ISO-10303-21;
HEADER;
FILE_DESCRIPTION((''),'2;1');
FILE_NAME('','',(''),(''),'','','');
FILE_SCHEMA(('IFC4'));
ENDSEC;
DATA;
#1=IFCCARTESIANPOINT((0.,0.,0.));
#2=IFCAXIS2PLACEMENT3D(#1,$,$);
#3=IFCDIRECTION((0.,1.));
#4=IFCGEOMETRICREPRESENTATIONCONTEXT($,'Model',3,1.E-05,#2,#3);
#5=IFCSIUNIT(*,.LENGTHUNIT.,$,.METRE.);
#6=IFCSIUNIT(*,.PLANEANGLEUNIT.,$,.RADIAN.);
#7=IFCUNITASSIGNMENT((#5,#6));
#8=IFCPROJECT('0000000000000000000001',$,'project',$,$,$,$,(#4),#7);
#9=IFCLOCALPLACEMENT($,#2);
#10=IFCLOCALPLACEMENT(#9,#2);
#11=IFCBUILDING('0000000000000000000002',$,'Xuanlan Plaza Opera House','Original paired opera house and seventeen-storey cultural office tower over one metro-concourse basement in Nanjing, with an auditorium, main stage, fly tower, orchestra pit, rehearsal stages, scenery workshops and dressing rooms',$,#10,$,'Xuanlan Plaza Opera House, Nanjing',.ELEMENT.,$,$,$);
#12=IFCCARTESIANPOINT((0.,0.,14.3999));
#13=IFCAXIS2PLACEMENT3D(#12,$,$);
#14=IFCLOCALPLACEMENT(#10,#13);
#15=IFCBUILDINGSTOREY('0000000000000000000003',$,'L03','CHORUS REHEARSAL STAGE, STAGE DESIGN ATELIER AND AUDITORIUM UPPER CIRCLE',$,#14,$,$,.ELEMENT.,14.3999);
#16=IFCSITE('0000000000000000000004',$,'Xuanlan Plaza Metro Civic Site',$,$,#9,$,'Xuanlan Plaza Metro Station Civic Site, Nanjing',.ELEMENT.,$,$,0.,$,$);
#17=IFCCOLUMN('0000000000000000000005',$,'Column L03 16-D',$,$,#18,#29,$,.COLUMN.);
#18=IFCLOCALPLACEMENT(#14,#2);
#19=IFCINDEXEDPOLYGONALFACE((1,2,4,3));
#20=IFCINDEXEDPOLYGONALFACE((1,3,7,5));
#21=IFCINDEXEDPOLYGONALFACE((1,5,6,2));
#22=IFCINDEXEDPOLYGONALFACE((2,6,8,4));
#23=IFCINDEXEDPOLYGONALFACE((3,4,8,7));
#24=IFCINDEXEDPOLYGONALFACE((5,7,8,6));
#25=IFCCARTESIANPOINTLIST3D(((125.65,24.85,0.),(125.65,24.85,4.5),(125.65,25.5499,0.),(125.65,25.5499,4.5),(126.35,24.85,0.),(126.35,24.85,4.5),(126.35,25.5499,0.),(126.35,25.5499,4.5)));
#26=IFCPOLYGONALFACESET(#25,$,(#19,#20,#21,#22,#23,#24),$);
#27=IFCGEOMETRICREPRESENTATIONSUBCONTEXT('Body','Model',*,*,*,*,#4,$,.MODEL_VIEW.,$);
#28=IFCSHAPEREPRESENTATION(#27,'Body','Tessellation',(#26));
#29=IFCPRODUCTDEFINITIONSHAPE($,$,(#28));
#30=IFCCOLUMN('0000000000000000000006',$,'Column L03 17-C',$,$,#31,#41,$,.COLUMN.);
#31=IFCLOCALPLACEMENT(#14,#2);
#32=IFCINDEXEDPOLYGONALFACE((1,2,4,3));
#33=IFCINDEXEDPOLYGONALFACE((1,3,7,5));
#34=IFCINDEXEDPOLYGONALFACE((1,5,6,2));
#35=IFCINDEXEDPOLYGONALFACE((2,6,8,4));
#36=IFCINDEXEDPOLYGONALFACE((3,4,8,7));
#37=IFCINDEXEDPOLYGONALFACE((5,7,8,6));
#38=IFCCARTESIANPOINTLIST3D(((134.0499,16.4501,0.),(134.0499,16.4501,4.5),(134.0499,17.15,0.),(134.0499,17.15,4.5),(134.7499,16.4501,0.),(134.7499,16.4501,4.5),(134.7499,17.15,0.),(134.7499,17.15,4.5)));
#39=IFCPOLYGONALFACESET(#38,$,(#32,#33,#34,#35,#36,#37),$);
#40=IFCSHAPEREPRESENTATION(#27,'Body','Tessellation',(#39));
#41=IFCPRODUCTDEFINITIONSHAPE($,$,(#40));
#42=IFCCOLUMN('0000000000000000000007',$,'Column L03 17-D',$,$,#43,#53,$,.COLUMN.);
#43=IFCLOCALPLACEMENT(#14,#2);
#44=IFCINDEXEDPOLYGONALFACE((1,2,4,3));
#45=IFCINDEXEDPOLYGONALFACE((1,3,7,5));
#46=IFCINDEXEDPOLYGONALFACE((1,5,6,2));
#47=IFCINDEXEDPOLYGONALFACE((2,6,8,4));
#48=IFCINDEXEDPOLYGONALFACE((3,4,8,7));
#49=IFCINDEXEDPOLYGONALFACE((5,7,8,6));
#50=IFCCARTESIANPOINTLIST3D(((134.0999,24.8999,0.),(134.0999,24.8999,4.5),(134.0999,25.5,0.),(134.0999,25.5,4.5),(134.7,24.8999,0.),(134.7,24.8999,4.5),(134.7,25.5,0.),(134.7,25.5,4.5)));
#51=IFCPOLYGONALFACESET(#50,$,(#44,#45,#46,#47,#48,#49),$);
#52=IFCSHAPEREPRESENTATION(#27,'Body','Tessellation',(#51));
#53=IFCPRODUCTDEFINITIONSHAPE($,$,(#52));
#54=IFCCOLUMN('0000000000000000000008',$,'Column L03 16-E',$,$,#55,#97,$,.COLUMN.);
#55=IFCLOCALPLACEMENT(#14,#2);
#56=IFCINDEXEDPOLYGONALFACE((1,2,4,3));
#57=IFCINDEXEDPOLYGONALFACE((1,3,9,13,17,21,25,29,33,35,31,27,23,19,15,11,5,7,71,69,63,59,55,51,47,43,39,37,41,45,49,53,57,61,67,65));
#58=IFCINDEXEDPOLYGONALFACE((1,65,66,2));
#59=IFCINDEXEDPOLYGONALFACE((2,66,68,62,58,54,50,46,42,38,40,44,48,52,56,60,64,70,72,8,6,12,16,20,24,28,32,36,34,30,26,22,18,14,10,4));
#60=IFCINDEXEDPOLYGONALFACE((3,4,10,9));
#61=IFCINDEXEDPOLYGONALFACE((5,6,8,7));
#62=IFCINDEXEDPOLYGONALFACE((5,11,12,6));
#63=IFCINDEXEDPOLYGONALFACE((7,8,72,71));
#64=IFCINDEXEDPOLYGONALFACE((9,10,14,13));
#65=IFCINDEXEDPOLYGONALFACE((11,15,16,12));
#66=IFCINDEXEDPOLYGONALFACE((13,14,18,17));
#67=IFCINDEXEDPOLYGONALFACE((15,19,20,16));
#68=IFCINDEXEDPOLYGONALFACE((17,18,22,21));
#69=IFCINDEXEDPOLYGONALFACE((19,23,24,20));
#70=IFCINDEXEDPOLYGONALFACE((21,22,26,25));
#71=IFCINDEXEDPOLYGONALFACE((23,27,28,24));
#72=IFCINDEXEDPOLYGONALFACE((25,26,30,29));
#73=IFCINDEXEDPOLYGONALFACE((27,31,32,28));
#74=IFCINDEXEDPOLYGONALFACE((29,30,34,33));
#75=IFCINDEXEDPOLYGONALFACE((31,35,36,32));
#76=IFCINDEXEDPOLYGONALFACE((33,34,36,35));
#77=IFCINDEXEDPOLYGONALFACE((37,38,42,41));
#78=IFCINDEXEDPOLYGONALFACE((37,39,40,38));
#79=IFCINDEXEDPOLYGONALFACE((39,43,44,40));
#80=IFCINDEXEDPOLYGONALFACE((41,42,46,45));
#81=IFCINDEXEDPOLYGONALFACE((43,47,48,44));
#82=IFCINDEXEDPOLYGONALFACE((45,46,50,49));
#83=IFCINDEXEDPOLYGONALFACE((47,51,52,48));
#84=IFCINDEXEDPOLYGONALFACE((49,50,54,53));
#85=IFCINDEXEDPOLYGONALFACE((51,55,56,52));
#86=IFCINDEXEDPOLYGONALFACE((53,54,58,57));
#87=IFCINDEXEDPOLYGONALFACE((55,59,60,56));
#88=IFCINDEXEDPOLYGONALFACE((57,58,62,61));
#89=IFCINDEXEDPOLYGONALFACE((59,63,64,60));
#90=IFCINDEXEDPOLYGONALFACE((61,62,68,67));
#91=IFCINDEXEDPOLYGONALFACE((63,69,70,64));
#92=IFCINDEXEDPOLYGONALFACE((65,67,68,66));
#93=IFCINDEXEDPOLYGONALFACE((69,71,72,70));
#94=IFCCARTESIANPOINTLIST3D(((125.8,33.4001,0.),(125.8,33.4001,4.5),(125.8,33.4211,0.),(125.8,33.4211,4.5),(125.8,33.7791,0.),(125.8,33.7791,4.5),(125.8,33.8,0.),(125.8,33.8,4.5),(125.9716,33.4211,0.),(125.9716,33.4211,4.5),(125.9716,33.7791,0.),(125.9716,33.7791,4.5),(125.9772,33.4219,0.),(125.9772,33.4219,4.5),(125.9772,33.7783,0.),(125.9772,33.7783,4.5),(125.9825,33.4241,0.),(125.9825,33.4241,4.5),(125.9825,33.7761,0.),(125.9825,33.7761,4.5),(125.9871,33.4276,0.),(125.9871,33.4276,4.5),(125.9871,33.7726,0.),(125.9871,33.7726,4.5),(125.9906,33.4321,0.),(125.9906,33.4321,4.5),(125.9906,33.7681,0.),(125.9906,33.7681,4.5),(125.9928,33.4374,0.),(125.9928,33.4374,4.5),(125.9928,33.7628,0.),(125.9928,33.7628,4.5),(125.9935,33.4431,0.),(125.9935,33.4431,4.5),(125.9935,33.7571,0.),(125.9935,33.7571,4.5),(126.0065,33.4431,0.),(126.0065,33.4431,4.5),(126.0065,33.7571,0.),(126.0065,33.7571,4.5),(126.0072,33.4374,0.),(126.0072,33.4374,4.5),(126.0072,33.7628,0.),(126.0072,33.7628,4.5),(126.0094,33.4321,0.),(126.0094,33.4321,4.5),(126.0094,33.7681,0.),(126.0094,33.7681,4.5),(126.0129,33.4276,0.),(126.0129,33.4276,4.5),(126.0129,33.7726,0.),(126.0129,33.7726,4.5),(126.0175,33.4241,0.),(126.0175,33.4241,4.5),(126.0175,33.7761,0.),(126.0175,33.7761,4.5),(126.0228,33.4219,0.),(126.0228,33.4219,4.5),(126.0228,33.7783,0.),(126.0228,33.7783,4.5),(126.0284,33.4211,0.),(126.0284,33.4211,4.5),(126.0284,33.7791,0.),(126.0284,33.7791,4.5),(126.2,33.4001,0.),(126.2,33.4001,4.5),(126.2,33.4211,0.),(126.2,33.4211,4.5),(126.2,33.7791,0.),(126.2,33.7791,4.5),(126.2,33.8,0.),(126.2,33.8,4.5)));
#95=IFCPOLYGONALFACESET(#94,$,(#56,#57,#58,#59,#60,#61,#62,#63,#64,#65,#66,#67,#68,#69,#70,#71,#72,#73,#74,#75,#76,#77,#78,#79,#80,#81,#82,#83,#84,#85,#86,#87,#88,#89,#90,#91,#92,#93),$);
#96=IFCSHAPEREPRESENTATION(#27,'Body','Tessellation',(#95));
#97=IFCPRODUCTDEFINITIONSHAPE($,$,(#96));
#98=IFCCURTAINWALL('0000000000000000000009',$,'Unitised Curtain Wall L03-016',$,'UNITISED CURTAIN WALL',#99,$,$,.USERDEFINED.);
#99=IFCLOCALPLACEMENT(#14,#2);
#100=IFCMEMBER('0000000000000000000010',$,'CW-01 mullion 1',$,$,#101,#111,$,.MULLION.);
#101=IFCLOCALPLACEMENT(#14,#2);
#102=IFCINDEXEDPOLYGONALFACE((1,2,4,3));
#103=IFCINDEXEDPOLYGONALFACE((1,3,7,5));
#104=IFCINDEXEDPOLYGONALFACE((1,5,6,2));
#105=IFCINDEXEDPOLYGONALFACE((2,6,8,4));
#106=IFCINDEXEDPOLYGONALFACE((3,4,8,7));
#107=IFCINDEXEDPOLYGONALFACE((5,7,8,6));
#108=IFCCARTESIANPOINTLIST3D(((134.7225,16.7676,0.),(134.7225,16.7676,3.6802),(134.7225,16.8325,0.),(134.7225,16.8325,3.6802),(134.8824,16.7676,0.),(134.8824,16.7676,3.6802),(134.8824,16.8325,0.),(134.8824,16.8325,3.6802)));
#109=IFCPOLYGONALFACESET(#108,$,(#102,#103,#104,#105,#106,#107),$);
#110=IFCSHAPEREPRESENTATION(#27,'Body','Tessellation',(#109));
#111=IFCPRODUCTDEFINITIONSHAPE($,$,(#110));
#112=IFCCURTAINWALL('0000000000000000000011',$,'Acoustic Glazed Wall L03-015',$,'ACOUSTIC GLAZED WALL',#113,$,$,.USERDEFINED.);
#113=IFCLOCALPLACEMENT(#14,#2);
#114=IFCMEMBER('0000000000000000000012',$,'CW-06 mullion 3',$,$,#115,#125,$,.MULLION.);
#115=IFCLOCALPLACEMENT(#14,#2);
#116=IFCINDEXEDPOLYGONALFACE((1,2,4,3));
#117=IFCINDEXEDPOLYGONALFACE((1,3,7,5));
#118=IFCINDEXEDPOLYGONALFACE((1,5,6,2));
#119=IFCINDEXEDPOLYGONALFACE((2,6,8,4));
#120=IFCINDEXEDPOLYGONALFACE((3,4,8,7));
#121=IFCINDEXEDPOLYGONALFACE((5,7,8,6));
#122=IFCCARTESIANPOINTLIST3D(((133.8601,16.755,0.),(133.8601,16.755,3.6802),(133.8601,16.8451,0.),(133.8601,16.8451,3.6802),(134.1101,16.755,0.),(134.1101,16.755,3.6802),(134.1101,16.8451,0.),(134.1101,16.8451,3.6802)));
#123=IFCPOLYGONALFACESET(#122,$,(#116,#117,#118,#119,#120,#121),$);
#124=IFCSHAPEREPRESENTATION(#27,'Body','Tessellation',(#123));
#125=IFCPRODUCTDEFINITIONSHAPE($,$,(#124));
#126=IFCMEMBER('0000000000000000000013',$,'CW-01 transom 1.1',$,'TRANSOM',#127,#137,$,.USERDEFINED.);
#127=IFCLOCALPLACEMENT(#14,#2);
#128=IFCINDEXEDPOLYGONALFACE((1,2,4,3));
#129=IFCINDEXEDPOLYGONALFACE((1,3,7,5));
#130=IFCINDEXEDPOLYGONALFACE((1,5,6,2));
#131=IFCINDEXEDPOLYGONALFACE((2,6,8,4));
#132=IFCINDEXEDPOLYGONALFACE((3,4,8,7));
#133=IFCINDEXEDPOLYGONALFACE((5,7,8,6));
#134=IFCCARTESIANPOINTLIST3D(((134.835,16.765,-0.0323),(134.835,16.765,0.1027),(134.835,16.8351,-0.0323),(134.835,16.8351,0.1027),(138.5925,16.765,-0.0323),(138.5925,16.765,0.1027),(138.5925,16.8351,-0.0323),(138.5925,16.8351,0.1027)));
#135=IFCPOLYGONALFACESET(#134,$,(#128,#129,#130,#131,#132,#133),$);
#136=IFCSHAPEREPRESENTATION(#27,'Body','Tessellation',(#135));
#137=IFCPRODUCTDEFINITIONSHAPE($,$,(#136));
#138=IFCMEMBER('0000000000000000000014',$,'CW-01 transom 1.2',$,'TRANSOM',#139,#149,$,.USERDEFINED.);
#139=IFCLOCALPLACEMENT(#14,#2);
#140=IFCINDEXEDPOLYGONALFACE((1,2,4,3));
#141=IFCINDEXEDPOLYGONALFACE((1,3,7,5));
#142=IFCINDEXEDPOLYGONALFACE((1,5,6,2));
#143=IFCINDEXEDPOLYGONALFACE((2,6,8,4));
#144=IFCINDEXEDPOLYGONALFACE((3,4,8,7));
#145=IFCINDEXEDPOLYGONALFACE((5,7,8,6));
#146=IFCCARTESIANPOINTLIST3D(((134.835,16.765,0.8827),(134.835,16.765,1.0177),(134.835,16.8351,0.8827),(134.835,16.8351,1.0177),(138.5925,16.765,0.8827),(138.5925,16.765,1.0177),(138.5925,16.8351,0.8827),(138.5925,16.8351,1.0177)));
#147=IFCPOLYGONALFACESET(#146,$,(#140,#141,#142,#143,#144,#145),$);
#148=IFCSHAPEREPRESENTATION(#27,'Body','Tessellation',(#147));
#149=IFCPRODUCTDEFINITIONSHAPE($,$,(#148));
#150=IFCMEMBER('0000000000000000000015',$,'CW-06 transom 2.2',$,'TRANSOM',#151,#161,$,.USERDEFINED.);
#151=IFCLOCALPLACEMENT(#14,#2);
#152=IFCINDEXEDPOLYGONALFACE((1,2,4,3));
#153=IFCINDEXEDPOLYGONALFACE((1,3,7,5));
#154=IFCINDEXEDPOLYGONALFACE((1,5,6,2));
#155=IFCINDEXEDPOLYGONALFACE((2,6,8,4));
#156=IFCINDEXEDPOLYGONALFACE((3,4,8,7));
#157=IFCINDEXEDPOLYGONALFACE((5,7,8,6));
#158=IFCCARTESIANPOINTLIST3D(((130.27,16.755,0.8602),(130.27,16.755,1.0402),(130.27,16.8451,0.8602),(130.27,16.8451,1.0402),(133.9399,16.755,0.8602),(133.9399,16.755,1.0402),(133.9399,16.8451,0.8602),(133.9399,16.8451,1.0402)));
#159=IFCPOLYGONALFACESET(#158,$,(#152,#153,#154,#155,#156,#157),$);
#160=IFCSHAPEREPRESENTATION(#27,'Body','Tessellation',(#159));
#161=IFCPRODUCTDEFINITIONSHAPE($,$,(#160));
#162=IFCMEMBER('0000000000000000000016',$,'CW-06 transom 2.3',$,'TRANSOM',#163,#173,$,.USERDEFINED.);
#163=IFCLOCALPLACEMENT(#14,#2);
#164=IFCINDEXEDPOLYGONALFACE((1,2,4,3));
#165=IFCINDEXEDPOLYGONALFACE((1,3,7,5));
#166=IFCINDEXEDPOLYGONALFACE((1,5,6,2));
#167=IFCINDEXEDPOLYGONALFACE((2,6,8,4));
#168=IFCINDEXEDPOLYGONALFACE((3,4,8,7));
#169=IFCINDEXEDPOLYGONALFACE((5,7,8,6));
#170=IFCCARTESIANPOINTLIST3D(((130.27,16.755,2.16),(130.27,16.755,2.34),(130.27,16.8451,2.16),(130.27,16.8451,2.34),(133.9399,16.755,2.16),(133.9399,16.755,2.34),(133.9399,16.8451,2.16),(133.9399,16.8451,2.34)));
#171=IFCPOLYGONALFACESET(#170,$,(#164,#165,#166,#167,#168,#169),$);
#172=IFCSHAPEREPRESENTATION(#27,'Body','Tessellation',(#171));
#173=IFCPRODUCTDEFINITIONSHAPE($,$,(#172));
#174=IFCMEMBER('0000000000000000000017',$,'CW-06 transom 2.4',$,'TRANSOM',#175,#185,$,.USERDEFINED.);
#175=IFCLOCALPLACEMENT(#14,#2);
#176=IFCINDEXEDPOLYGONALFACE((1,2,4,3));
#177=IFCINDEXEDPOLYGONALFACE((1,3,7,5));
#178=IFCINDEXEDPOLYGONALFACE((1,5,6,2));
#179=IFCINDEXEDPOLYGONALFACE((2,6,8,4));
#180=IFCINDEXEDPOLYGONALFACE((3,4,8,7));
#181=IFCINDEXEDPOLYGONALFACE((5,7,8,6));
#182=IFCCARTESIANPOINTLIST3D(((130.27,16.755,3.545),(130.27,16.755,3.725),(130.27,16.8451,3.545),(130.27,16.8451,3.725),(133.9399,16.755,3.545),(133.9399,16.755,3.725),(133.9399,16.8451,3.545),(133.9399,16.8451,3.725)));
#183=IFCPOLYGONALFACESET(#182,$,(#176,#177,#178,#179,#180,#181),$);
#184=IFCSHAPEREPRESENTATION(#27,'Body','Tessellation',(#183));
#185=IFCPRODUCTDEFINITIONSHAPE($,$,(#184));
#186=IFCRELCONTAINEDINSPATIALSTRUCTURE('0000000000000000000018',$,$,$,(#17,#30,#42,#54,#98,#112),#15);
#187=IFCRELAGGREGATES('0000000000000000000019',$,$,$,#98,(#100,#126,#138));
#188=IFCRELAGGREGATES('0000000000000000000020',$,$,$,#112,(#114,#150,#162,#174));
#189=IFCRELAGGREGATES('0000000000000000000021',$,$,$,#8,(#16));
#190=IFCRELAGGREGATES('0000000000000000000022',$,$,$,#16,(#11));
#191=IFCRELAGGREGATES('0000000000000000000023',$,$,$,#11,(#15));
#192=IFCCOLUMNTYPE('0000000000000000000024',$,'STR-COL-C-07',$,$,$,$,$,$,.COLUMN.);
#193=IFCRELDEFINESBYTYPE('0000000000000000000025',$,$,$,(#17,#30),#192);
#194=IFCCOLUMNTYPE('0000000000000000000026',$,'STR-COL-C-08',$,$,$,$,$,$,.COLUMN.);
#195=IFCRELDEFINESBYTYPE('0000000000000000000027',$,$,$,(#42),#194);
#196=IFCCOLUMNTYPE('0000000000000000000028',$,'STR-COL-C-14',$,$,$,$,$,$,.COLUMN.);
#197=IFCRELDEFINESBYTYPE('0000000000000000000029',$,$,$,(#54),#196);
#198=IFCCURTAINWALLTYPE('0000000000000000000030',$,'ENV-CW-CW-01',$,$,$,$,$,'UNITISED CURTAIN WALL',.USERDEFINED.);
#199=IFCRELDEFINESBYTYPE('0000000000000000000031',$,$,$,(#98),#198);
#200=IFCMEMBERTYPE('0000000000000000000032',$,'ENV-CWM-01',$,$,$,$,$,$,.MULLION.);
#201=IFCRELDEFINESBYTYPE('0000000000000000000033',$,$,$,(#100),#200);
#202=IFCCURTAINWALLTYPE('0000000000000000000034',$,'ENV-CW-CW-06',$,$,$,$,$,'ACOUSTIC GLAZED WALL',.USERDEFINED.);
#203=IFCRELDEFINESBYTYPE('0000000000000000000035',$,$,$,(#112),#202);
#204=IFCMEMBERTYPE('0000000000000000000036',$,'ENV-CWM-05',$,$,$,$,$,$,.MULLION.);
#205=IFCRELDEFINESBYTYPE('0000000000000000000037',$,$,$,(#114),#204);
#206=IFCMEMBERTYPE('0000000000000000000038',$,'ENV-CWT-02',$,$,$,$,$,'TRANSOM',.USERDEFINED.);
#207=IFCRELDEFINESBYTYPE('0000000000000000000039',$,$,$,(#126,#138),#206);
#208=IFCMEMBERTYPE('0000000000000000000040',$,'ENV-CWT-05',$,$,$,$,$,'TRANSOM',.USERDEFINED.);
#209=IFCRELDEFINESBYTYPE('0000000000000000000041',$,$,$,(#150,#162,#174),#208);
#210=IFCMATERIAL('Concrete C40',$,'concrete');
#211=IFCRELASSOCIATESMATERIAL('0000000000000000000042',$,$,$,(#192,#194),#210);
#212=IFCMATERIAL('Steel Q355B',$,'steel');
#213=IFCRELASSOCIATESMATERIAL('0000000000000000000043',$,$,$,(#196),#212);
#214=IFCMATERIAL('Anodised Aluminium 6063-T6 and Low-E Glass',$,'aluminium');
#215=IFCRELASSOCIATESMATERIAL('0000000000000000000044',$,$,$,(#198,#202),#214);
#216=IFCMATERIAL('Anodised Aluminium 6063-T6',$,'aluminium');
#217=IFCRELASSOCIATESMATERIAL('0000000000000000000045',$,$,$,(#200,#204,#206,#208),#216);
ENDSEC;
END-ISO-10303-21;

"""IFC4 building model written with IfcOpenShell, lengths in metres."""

from ifc_helpers import new_model, si_unit, direction, frame, origin, origin_2d, place, context, subcontext, project, spatial, rectangle, i_section, extrude, material, material_profile, profile_set, type_object, element, aggregate, save


model = new_model("IFC4")

# Units and contexts
model_context = context("Model", 3, precision=1e-05, world=origin(), true_north=direction((0.0, 1.0)))
body_context = subcontext(model_context, "Body", "Model", "MODEL_VIEW")
ifc_project = project(units=[si_unit("LENGTHUNIT", "METRE"), si_unit("PLANEANGLEUNIT", "RADIAN")], contexts=[model_context])

# Site, building, storey
site_placement = place(None, origin())
site = spatial("IfcSite", under=ifc_project, at=site_placement, Name="Xuanlan Plaza Metro Civic Site", LongName="Xuanlan Plaza Metro Station Civic Site, Nanjing", CompositionType="ELEMENT", RefElevation=0.0)
building_placement = place(site_placement, origin())
building = spatial("IfcBuilding", under=site, at=building_placement, Name="Xuanlan Plaza Opera House", Description="Original paired opera house and seventeen-storey cultural office tower over one metro-concourse basement in Nanjing, with an auditorium, main stage, fly tower, orchestra pit, rehearsal stages, scenery workshops and dressing rooms", LongName="Xuanlan Plaza Opera House, Nanjing", CompositionType="ELEMENT")
storey_placement = place(building_placement, frame((0.0, 0.0, 14.3999)))
storey = spatial("IfcBuildingStorey", under=building, at=storey_placement, Name="L03", Description="CHORUS REHEARSAL STAGE, STAGE DESIGN ATELIER AND AUDITORIUM UPPER CIRCLE", CompositionType="ELEMENT", Elevation=14.3999)

# Columns
ifc_material_1 = material(Name="Concrete C40", Category="concrete")
ifc_material_profile_1 = material_profile(ifc_material_1, rectangle(XDim=0.7, YDim=0.7, at=origin_2d()), Name="RC-COL 700x700")
ifc_profile_set_1 = profile_set([ifc_material_profile_1], Name="Concrete C40")
column_type_1 = type_object("IfcColumnType", Name="STR-COL-C-07", PredefinedType="COLUMN", material=ifc_profile_set_1)
for number, where, z_axis, x_axis, name in (
    (1, (126.0, 25.2, 0.0), (0.0, 0.0, 1.0), (1.0, 0.0, 0.0), "Column L03 16-D"),
    (2, (134.3999, 16.8, 0.0), (0.0, 0.0, 1.0), (1.0, 0.0, 0.0), "Column L03 17-C"),
):
    element("IfcColumn", number, at=place(storey_placement, frame(where, z_axis=z_axis, x_axis=x_axis)), inside=storey, type_object=column_type_1, Name=name, PredefinedType="COLUMN", context=body_context, shape_type="SweptSolid", body=[
        extrude(rectangle(XDim=0.7, YDim=0.7, at=origin_2d()), origin(), (0.0, 0.0, 1.0), 4.5),
    ])
ifc_material_profile_2 = material_profile(ifc_material_1, rectangle(XDim=0.6001, YDim=0.6001, at=origin_2d()), Name="RC-COL 600x600")
ifc_profile_set_2 = profile_set([ifc_material_profile_2], Name="Concrete C40")
column_type_2 = type_object("IfcColumnType", Name="STR-COL-C-08", PredefinedType="COLUMN", material=ifc_profile_set_2)
column_1_placement = place(storey_placement, frame((134.3999, 25.2, 0.0), z_axis=(0.0, 0.0, 1.0), x_axis=(1.0, 0.0, 0.0)))
element("IfcColumn", 3, at=column_1_placement, inside=storey, type_object=column_type_2, Name="Column L03 17-D", PredefinedType="COLUMN", context=body_context, shape_type="SweptSolid", body=[
    extrude(rectangle(XDim=0.6001, YDim=0.6001, at=origin_2d()), origin(), (0.0, 0.0, 1.0), 4.5),
])
ifc_material_2 = material(Name="Steel Q355B", Category="steel")
ifc_material_profile_3 = material_profile(ifc_material_2, i_section(OverallWidth=0.3999, OverallDepth=0.3999, WebThickness=0.0129, FlangeThickness=0.021, FilletRadius=0.022, at=origin_2d()), Name="HW 400x400x13x21")
ifc_profile_set_3 = profile_set([ifc_material_profile_3], Name="Steel Q355B")
column_type_3 = type_object("IfcColumnType", Name="STR-COL-C-14", PredefinedType="COLUMN", material=ifc_profile_set_3)
column_2_placement = place(storey_placement, frame((126.0, 33.6001, 0.0), z_axis=(0.0, 0.0, 1.0), x_axis=(1.0, 0.0, 0.0)))
element("IfcColumn", 4, at=column_2_placement, inside=storey, type_object=column_type_3, Name="Column L03 16-E", PredefinedType="COLUMN", context=body_context, shape_type="SweptSolid", body=[
    extrude(i_section(OverallWidth=0.3999, OverallDepth=0.3999, WebThickness=0.0129, FlangeThickness=0.021, FilletRadius=0.022, at=origin_2d()), origin(), (0.0, 0.0, 1.0), 4.5),
])

# Curtain walls, members
ifc_material_3 = material(Name="Anodised Aluminium 6063-T6 and Low-E Glass", Category="aluminium")
curtain_wall_type_1 = type_object("IfcCurtainWallType", Name="ENV-CW-CW-01", ElementType="UNITISED CURTAIN WALL", PredefinedType="USERDEFINED", material=ifc_material_3)
curtain_wall_1_placement = place(storey_placement, origin())
curtain_wall_1 = element("IfcCurtainWall", 5, at=curtain_wall_1_placement, inside=storey, type_object=curtain_wall_type_1, Name="Unitised Curtain Wall L03-016", ObjectType="UNITISED CURTAIN WALL", PredefinedType="USERDEFINED")
ifc_material_4 = material(Name="Anodised Aluminium 6063-T6", Category="aluminium")
ifc_material_profile_4 = material_profile(ifc_material_4, rectangle(XDim=0.0649, YDim=0.1599, at=origin_2d()), Name="ALU-M 65x160")
ifc_profile_set_4 = profile_set([ifc_material_profile_4], Name="Anodised Aluminium 6063-T6")
member_type_1 = type_object("IfcMemberType", Name="ENV-CWM-01", PredefinedType="MULLION", material=ifc_profile_set_4)
member_1_placement = place(storey_placement, frame((134.8025, 16.8, 0.0), z_axis=(0.0, 0.0, 1.0), x_axis=(0.0, 1.0, 0.0)))
member_1 = element("IfcMember", 6, at=member_1_placement, type_object=member_type_1, Name="CW-01 mullion 1", PredefinedType="MULLION", context=body_context, shape_type="SweptSolid", body=[
    extrude(rectangle(XDim=0.0649, YDim=0.1599, at=origin_2d()), origin(), (0.0, 0.0, 1.0), 3.6802),
])
curtain_wall_type_2 = type_object("IfcCurtainWallType", Name="ENV-CW-CW-06", ElementType="ACOUSTIC GLAZED WALL", PredefinedType="USERDEFINED", material=ifc_material_3)
curtain_wall_2_placement = place(storey_placement, origin())
curtain_wall_2 = element("IfcCurtainWall", 7, at=curtain_wall_2_placement, inside=storey, type_object=curtain_wall_type_2, Name="Acoustic Glazed Wall L03-015", ObjectType="ACOUSTIC GLAZED WALL", PredefinedType="USERDEFINED")
ifc_material_profile_5 = material_profile(ifc_material_4, rectangle(XDim=0.0901, YDim=0.25, at=origin_2d()), Name="ALU-M 90x250")
ifc_profile_set_5 = profile_set([ifc_material_profile_5], Name="Anodised Aluminium 6063-T6")
member_type_2 = type_object("IfcMemberType", Name="ENV-CWM-05", PredefinedType="MULLION", material=ifc_profile_set_5)
member_2_placement = place(storey_placement, frame((133.9851, 16.8, 0.0), z_axis=(0.0, 0.0, 1.0), x_axis=(0.0, 1.0, 0.0)))
member_2 = element("IfcMember", 8, at=member_2_placement, type_object=member_type_2, Name="CW-06 mullion 3", PredefinedType="MULLION", context=body_context, shape_type="SweptSolid", body=[
    extrude(rectangle(XDim=0.0901, YDim=0.25, at=origin_2d()), origin(), (0.0, 0.0, 1.0), 3.6802),
])

# Members
ifc_material_profile_6 = material_profile(ifc_material_4, rectangle(XDim=0.0701, YDim=0.135, at=origin_2d()), Name="ALU-T 70x135")
ifc_profile_set_6 = profile_set([ifc_material_profile_6], Name="Anodised Aluminium 6063-T6")
member_type_3 = type_object("IfcMemberType", Name="ENV-CWT-02", ElementType="TRANSOM", PredefinedType="USERDEFINED", material=ifc_profile_set_6)
member_3_placement = place(storey_placement, frame((134.835, 16.8, 0.0352), z_axis=(1.0, 0.0, 0.0), x_axis=(0.0, 1.0, 0.0)))
member_3 = element("IfcMember", 9, at=member_3_placement, type_object=member_type_3, Name="CW-01 transom 1.1", ObjectType="TRANSOM", PredefinedType="USERDEFINED", context=body_context, shape_type="SweptSolid", body=[
    extrude(rectangle(XDim=0.0701, YDim=0.135, at=origin_2d()), origin(), (0.0, 0.0, 1.0), 3.7576),
])
member_4_placement = place(storey_placement, frame((134.835, 16.8, 0.9502), z_axis=(1.0, 0.0, 0.0), x_axis=(0.0, 1.0, 0.0)))
member_4 = element("IfcMember", 10, at=member_4_placement, type_object=member_type_3, Name="CW-01 transom 1.2", ObjectType="TRANSOM", PredefinedType="USERDEFINED", context=body_context, shape_type="SweptSolid", body=[
    extrude(rectangle(XDim=0.0701, YDim=0.135, at=origin_2d()), origin(), (0.0, 0.0, 1.0), 3.7576),
])
aggregate(curtain_wall_1, [member_1, member_3, member_4])
ifc_material_profile_7 = material_profile(ifc_material_4, rectangle(XDim=0.0901, YDim=0.1799, at=origin_2d()), Name="ALU-T 90x180")
ifc_profile_set_7 = profile_set([ifc_material_profile_7], Name="Anodised Aluminium 6063-T6")
member_type_4 = type_object("IfcMemberType", Name="ENV-CWT-05", ElementType="TRANSOM", PredefinedType="USERDEFINED", material=ifc_profile_set_7)
member_5_placement = place(storey_placement, frame((130.27, 16.8, 0.9502), z_axis=(1.0, 0.0, 0.0), x_axis=(0.0, 1.0, 0.0)))
member_5 = element("IfcMember", 11, at=member_5_placement, type_object=member_type_4, Name="CW-06 transom 2.2", ObjectType="TRANSOM", PredefinedType="USERDEFINED", context=body_context, shape_type="SweptSolid", body=[
    extrude(rectangle(XDim=0.0901, YDim=0.1799, at=origin_2d()), origin(), (0.0, 0.0, 1.0), 3.6699),
])
member_6_placement = place(storey_placement, frame((130.27, 16.8, 2.25), z_axis=(1.0, 0.0, 0.0), x_axis=(0.0, 1.0, 0.0)))
member_6 = element("IfcMember", 12, at=member_6_placement, type_object=member_type_4, Name="CW-06 transom 2.3", ObjectType="TRANSOM", PredefinedType="USERDEFINED", context=body_context, shape_type="SweptSolid", body=[
    extrude(rectangle(XDim=0.0901, YDim=0.1799, at=origin_2d()), origin(), (0.0, 0.0, 1.0), 3.6699),
])
member_7_placement = place(storey_placement, frame((130.27, 16.8, 3.635), z_axis=(1.0, 0.0, 0.0), x_axis=(0.0, 1.0, 0.0)))
member_7 = element("IfcMember", 13, at=member_7_placement, type_object=member_type_4, Name="CW-06 transom 2.4", ObjectType="TRANSOM", PredefinedType="USERDEFINED", context=body_context, shape_type="SweptSolid", body=[
    extrude(rectangle(XDim=0.0901, YDim=0.1799, at=origin_2d()), origin(), (0.0, 0.0, 1.0), 3.6699),
])

aggregate(curtain_wall_2, [member_2, member_5, member_6, member_7])

save(model, "model.ifc")
